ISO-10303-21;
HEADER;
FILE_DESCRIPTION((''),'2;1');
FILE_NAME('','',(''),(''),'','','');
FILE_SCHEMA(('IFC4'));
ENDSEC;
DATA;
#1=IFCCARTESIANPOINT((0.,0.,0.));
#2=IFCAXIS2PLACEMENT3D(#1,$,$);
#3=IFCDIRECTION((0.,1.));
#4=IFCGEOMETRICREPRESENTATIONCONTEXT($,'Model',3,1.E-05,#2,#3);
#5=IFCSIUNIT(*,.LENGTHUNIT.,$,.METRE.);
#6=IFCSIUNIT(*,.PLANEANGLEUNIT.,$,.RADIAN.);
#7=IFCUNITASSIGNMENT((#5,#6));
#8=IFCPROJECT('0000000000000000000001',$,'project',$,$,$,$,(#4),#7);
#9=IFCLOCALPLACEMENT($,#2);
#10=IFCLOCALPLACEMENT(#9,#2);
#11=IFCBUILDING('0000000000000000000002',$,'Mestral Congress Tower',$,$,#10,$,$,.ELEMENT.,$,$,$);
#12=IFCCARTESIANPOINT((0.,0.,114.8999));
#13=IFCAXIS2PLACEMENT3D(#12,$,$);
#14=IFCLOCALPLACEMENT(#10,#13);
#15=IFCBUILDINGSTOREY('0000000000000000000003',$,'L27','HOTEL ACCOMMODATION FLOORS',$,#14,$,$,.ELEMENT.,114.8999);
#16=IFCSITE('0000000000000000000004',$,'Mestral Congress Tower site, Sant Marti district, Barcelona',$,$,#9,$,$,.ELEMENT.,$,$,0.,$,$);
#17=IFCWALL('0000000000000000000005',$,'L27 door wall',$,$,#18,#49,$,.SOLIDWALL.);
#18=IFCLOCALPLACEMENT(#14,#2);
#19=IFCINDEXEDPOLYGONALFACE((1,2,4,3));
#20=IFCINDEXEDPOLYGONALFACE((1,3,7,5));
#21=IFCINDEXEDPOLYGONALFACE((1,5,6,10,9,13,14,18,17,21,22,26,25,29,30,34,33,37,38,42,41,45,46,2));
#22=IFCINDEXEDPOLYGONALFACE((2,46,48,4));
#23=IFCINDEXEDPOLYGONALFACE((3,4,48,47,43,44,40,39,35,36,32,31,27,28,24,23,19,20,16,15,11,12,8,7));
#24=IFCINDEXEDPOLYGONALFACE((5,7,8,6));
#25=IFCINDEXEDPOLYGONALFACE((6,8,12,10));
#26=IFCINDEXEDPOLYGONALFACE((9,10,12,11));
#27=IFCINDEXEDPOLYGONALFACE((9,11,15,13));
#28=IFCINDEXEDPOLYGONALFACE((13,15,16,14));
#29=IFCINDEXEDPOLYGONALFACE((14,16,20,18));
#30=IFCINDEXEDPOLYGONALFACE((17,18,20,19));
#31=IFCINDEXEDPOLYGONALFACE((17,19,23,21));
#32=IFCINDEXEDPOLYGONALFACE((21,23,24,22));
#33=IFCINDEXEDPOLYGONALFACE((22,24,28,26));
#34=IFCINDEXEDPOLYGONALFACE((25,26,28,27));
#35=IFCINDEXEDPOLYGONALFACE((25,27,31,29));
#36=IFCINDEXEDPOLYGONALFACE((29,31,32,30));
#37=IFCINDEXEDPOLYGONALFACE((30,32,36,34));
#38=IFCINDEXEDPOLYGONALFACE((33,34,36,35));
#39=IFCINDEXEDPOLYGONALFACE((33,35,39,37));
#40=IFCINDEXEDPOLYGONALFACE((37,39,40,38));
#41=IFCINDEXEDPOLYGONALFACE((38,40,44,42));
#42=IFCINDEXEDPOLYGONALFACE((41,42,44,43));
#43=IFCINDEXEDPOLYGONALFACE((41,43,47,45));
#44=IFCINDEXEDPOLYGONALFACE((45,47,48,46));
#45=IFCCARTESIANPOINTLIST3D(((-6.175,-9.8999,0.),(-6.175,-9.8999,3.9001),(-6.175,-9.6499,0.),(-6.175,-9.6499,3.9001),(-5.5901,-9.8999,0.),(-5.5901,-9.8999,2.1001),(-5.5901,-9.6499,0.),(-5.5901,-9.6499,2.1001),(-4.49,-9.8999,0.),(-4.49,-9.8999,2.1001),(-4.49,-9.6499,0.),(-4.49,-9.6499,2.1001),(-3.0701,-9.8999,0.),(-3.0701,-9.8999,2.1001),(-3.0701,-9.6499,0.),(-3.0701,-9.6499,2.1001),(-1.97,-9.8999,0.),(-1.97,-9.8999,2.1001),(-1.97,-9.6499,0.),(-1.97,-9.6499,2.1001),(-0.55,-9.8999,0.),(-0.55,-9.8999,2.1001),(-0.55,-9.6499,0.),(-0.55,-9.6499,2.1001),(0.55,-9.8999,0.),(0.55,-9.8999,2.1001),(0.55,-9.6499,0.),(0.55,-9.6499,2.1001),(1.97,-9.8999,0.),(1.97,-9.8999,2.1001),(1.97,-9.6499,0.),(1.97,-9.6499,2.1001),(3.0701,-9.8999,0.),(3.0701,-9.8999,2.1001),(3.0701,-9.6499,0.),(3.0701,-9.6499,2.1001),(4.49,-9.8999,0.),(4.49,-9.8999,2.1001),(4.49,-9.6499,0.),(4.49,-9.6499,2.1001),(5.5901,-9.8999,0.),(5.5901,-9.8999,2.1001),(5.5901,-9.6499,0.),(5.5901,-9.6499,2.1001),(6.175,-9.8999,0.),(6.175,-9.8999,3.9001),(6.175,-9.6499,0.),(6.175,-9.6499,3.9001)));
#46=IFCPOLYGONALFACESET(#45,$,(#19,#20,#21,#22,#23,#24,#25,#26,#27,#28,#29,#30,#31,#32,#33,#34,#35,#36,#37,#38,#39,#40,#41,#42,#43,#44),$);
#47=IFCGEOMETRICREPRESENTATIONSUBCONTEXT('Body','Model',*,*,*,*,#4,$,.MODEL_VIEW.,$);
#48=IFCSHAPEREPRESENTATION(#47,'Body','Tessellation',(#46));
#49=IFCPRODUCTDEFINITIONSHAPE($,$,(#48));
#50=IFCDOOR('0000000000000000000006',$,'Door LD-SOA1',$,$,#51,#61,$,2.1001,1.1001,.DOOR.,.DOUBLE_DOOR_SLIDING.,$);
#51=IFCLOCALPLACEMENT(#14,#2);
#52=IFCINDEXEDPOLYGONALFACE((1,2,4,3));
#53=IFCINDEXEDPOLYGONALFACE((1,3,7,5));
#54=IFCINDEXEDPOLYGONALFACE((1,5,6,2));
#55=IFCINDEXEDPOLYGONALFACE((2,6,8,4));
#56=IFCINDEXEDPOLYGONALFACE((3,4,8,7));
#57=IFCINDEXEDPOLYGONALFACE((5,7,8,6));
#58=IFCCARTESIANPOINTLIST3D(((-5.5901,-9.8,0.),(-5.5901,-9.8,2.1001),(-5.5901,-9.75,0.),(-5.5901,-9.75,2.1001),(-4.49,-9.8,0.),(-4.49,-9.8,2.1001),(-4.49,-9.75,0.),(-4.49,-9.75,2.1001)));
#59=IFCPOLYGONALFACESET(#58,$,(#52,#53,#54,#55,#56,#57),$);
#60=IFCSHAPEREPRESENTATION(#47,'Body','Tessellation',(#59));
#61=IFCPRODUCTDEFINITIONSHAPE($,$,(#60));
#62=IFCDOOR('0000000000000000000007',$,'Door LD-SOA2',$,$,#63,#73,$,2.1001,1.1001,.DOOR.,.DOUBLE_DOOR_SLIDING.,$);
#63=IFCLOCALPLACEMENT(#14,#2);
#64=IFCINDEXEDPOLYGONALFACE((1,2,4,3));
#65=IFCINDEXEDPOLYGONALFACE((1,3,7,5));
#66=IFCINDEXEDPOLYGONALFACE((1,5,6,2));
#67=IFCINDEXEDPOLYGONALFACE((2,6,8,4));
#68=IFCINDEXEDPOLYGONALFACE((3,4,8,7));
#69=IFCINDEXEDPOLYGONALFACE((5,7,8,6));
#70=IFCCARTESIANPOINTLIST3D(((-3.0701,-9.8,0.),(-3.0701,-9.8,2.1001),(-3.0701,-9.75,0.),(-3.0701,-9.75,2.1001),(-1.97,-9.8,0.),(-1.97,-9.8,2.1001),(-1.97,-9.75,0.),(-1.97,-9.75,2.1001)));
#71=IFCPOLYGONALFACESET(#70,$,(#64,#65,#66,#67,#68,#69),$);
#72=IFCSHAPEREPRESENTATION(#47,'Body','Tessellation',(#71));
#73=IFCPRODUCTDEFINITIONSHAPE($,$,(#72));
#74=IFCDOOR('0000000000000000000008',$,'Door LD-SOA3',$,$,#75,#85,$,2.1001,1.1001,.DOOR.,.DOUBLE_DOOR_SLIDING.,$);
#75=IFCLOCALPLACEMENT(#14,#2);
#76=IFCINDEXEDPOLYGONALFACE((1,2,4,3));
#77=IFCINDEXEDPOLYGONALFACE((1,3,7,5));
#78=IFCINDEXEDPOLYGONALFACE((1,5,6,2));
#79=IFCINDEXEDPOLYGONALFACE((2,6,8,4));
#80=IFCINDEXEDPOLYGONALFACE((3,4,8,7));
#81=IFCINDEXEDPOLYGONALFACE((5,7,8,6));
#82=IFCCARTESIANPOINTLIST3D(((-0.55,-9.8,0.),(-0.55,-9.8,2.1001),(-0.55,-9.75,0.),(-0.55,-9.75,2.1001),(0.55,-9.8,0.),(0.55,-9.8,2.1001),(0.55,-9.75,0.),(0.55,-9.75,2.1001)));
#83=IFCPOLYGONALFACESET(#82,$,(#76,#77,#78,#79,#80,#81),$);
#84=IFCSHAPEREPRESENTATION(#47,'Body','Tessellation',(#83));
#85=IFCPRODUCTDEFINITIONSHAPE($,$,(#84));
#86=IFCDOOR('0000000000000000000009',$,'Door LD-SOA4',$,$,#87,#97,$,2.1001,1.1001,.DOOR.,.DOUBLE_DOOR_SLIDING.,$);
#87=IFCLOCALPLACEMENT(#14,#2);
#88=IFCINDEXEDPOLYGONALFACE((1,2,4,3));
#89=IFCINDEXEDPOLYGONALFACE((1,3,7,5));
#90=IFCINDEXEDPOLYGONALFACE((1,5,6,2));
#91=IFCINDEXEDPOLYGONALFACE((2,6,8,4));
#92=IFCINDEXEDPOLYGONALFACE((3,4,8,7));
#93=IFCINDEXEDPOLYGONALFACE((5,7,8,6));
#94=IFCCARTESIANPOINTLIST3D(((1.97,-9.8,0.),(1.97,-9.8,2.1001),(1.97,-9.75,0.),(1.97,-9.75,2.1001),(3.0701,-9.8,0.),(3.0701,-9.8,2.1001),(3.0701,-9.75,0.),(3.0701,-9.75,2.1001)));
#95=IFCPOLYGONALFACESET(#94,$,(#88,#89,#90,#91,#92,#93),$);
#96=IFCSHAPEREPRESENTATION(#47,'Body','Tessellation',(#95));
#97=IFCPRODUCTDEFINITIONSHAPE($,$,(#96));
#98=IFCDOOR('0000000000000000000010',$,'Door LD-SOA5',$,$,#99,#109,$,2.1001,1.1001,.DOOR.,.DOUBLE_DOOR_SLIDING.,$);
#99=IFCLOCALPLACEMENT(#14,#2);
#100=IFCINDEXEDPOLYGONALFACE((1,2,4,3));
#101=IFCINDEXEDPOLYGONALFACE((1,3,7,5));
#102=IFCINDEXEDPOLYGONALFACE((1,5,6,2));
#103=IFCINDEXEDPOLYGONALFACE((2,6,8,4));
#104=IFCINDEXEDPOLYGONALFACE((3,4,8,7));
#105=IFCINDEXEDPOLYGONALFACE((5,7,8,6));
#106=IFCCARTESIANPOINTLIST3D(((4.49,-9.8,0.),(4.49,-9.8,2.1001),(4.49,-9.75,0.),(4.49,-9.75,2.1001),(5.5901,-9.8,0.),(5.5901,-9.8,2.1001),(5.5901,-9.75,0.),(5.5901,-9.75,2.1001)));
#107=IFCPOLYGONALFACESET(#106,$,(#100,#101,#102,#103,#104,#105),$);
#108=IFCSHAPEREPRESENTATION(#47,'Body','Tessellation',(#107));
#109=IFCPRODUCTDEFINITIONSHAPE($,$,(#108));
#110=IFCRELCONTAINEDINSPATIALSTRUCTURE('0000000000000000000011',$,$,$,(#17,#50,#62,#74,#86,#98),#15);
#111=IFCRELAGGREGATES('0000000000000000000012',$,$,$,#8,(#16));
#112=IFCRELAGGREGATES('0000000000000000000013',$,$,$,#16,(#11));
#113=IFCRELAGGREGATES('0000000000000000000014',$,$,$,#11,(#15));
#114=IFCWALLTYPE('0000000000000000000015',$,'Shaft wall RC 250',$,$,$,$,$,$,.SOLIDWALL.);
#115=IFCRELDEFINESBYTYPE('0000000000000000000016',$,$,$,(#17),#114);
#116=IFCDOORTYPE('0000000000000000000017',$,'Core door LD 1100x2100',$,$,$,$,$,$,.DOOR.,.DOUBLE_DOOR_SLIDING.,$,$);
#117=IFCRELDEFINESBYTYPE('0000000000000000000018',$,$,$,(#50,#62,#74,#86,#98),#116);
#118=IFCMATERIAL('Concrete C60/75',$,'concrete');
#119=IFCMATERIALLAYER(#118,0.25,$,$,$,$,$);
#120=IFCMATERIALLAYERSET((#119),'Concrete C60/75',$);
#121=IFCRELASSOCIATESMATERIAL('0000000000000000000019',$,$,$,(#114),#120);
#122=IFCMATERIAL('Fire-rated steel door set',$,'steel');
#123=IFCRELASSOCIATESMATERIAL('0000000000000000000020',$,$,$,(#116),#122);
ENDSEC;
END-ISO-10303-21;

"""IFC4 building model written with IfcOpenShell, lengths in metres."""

from ifc_helpers import new_model, si_unit, direction, frame, frame_2d, origin, place, context, subcontext, project, spatial, rectangle, extrude, material, layer, layer_set, type_object, element, fill, save


model = new_model("IFC4")

# Units and contexts
model_context = context("Model", 3, precision=1e-05, world=origin(), true_north=direction((0.0, 1.0)))
body_context = subcontext(model_context, "Body", "Model", "MODEL_VIEW")
ifc_project = project(units=[si_unit("LENGTHUNIT", "METRE"), si_unit("PLANEANGLEUNIT", "RADIAN")], contexts=[model_context])

# Site, building, storey
site_placement = place(None, origin())
site = spatial("IfcSite", under=ifc_project, at=site_placement, Name="Mestral Congress Tower site, Sant Marti district, Barcelona", CompositionType="ELEMENT", RefElevation=0.0)
building_placement = place(site_placement, origin())
building = spatial("IfcBuilding", under=site, at=building_placement, Name="Mestral Congress Tower", CompositionType="ELEMENT")
storey_placement = place(building_placement, frame((0.0, 0.0, 114.8999)))
storey = spatial("IfcBuildingStorey", under=building, at=storey_placement, Name="L27", Description="HOTEL ACCOMMODATION FLOORS", CompositionType="ELEMENT", Elevation=114.8999)

# Shared definitions
ifc_material_1 = material(Name="Fire-rated steel door set", Category="steel")

# Shared definitions
ifc_material_2 = material(Name="Concrete C60/75", Category="concrete")
ifc_layer_1 = layer(ifc_material_2, 0.25)
ifc_layer_set_1 = layer_set([ifc_layer_1], Name="Concrete C60/75")
wall_type_1 = type_object("IfcWallType", Name="Shaft wall RC 250", PredefinedType="SOLIDWALL", material=ifc_layer_set_1)

# Wall, openings, doors
wall_1_placement = place(storey_placement, frame((-6.175, -9.7749, 0.0), z_axis=(0.0, 0.0, 1.0), x_axis=(1.0, 0.0, 0.0)))
wall_1 = element("IfcWall", 1, at=wall_1_placement, inside=storey, type_object=wall_type_1, Name="L27 door wall", PredefinedType="SOLIDWALL", context=body_context, shape_type="SweptSolid", body=[
    extrude(rectangle(XDim=12.3501, YDim=0.25, at=frame_2d((6.175, 0.0))), origin(), (0.0, 0.0, 1.0), 3.9001),
])
opening_1_placement = place(wall_1_placement, frame((0.585, 0.0, 0.0)))
opening_1 = element("IfcOpeningElement", 2, at=opening_1_placement, cuts=wall_1, PredefinedType="OPENING", context=body_context, shape_type="SweptSolid", body=[
    extrude(rectangle(XDim=1.1001, YDim=2.1001, at=frame_2d((0.55, 1.05))), frame((0.0, 0.135, 0.0), z_axis=(0.0, -1.0, 0.0), x_axis=(1.0, 0.0, 0.0)), (0.0, 0.0, 1.0), 0.27),
])
opening_2_placement = place(wall_1_placement, frame((3.105, 0.0, 0.0)))
opening_2 = element("IfcOpeningElement", 3, at=opening_2_placement, cuts=wall_1, PredefinedType="OPENING", context=body_context, shape_type="SweptSolid", body=[
    extrude(rectangle(XDim=1.1001, YDim=2.1001, at=frame_2d((0.55, 1.05))), frame((0.0, 0.135, 0.0), z_axis=(0.0, -1.0, 0.0), x_axis=(1.0, 0.0, 0.0)), (0.0, 0.0, 1.0), 0.27),
])
opening_3_placement = place(wall_1_placement, frame((5.625, 0.0, 0.0)))
opening_3 = element("IfcOpeningElement", 4, at=opening_3_placement, cuts=wall_1, PredefinedType="OPENING", context=body_context, shape_type="SweptSolid", body=[
    extrude(rectangle(XDim=1.1001, YDim=2.1001, at=frame_2d((0.55, 1.05))), frame((0.0, 0.135, 0.0), z_axis=(0.0, -1.0, 0.0), x_axis=(1.0, 0.0, 0.0)), (0.0, 0.0, 1.0), 0.27),
])
opening_4_placement = place(wall_1_placement, frame((8.145, 0.0, 0.0)))
opening_4 = element("IfcOpeningElement", 5, at=opening_4_placement, cuts=wall_1, PredefinedType="OPENING", context=body_context, shape_type="SweptSolid", body=[
    extrude(rectangle(XDim=1.1001, YDim=2.1001, at=frame_2d((0.55, 1.05))), frame((0.0, 0.135, 0.0), z_axis=(0.0, -1.0, 0.0), x_axis=(1.0, 0.0, 0.0)), (0.0, 0.0, 1.0), 0.27),
])
opening_5_placement = place(wall_1_placement, frame((10.665, 0.0, 0.0)))
opening_5 = element("IfcOpeningElement", 6, at=opening_5_placement, cuts=wall_1, PredefinedType="OPENING", context=body_context, shape_type="SweptSolid", body=[
    extrude(rectangle(XDim=1.1001, YDim=2.1001, at=frame_2d((0.55, 1.05))), frame((0.0, 0.135, 0.0), z_axis=(0.0, -1.0, 0.0), x_axis=(1.0, 0.0, 0.0)), (0.0, 0.0, 1.0), 0.27),
])
door_type_1 = type_object("IfcDoorType", Name="Core door LD 1100x2100", OperationType="DOUBLE_DOOR_SLIDING", PredefinedType="DOOR", material=ifc_material_1)
door_1_placement = place(opening_1_placement, origin())
door_1 = element("IfcDoor", 7, at=door_1_placement, inside=storey, type_object=door_type_1, Name="Door LD-SOA1", OperationType="DOUBLE_DOOR_SLIDING", OverallHeight=2.1001, OverallWidth=1.1001, PredefinedType="DOOR", context=body_context, shape_type="SweptSolid", body=[
    extrude(rectangle(XDim=1.1001, YDim=2.1001, at=frame_2d((0.55, 1.05))), frame((0.0, 0.0249, 0.0), z_axis=(0.0, -1.0, 0.0), x_axis=(1.0, 0.0, 0.0)), (0.0, 0.0, 1.0), 0.05),
])
fill(opening_1, door_1)
door_2_placement = place(opening_2_placement, origin())
door_2 = element("IfcDoor", 8, at=door_2_placement, inside=storey, type_object=door_type_1, Name="Door LD-SOA2", OperationType="DOUBLE_DOOR_SLIDING", OverallHeight=2.1001, OverallWidth=1.1001, PredefinedType="DOOR", context=body_context, shape_type="SweptSolid", body=[
    extrude(rectangle(XDim=1.1001, YDim=2.1001, at=frame_2d((0.55, 1.05))), frame((0.0, 0.0249, 0.0), z_axis=(0.0, -1.0, 0.0), x_axis=(1.0, 0.0, 0.0)), (0.0, 0.0, 1.0), 0.05),
])
fill(opening_2, door_2)
door_3_placement = place(opening_3_placement, origin())
door_3 = element("IfcDoor", 9, at=door_3_placement, inside=storey, type_object=door_type_1, Name="Door LD-SOA3", OperationType="DOUBLE_DOOR_SLIDING", OverallHeight=2.1001, OverallWidth=1.1001, PredefinedType="DOOR", context=body_context, shape_type="SweptSolid", body=[
    extrude(rectangle(XDim=1.1001, YDim=2.1001, at=frame_2d((0.55, 1.05))), frame((0.0, 0.0249, 0.0), z_axis=(0.0, -1.0, 0.0), x_axis=(1.0, 0.0, 0.0)), (0.0, 0.0, 1.0), 0.05),
])
fill(opening_3, door_3)
door_4_placement = place(opening_4_placement, origin())
door_4 = element("IfcDoor", 10, at=door_4_placement, inside=storey, type_object=door_type_1, Name="Door LD-SOA4", OperationType="DOUBLE_DOOR_SLIDING", OverallHeight=2.1001, OverallWidth=1.1001, PredefinedType="DOOR", context=body_context, shape_type="SweptSolid", body=[
    extrude(rectangle(XDim=1.1001, YDim=2.1001, at=frame_2d((0.55, 1.05))), frame((0.0, 0.0249, 0.0), z_axis=(0.0, -1.0, 0.0), x_axis=(1.0, 0.0, 0.0)), (0.0, 0.0, 1.0), 0.05),
])
fill(opening_4, door_4)
door_5_placement = place(opening_5_placement, origin())
door_5 = element("IfcDoor", 11, at=door_5_placement, inside=storey, type_object=door_type_1, Name="Door LD-SOA5", OperationType="DOUBLE_DOOR_SLIDING", OverallHeight=2.1001, OverallWidth=1.1001, PredefinedType="DOOR", context=body_context, shape_type="SweptSolid", body=[
    extrude(rectangle(XDim=1.1001, YDim=2.1001, at=frame_2d((0.55, 1.05))), frame((0.0, 0.0249, 0.0), z_axis=(0.0, -1.0, 0.0), x_axis=(1.0, 0.0, 0.0)), (0.0, 0.0, 1.0), 0.05),
])
fill(opening_5, door_5)

save(model, "model.ifc")
